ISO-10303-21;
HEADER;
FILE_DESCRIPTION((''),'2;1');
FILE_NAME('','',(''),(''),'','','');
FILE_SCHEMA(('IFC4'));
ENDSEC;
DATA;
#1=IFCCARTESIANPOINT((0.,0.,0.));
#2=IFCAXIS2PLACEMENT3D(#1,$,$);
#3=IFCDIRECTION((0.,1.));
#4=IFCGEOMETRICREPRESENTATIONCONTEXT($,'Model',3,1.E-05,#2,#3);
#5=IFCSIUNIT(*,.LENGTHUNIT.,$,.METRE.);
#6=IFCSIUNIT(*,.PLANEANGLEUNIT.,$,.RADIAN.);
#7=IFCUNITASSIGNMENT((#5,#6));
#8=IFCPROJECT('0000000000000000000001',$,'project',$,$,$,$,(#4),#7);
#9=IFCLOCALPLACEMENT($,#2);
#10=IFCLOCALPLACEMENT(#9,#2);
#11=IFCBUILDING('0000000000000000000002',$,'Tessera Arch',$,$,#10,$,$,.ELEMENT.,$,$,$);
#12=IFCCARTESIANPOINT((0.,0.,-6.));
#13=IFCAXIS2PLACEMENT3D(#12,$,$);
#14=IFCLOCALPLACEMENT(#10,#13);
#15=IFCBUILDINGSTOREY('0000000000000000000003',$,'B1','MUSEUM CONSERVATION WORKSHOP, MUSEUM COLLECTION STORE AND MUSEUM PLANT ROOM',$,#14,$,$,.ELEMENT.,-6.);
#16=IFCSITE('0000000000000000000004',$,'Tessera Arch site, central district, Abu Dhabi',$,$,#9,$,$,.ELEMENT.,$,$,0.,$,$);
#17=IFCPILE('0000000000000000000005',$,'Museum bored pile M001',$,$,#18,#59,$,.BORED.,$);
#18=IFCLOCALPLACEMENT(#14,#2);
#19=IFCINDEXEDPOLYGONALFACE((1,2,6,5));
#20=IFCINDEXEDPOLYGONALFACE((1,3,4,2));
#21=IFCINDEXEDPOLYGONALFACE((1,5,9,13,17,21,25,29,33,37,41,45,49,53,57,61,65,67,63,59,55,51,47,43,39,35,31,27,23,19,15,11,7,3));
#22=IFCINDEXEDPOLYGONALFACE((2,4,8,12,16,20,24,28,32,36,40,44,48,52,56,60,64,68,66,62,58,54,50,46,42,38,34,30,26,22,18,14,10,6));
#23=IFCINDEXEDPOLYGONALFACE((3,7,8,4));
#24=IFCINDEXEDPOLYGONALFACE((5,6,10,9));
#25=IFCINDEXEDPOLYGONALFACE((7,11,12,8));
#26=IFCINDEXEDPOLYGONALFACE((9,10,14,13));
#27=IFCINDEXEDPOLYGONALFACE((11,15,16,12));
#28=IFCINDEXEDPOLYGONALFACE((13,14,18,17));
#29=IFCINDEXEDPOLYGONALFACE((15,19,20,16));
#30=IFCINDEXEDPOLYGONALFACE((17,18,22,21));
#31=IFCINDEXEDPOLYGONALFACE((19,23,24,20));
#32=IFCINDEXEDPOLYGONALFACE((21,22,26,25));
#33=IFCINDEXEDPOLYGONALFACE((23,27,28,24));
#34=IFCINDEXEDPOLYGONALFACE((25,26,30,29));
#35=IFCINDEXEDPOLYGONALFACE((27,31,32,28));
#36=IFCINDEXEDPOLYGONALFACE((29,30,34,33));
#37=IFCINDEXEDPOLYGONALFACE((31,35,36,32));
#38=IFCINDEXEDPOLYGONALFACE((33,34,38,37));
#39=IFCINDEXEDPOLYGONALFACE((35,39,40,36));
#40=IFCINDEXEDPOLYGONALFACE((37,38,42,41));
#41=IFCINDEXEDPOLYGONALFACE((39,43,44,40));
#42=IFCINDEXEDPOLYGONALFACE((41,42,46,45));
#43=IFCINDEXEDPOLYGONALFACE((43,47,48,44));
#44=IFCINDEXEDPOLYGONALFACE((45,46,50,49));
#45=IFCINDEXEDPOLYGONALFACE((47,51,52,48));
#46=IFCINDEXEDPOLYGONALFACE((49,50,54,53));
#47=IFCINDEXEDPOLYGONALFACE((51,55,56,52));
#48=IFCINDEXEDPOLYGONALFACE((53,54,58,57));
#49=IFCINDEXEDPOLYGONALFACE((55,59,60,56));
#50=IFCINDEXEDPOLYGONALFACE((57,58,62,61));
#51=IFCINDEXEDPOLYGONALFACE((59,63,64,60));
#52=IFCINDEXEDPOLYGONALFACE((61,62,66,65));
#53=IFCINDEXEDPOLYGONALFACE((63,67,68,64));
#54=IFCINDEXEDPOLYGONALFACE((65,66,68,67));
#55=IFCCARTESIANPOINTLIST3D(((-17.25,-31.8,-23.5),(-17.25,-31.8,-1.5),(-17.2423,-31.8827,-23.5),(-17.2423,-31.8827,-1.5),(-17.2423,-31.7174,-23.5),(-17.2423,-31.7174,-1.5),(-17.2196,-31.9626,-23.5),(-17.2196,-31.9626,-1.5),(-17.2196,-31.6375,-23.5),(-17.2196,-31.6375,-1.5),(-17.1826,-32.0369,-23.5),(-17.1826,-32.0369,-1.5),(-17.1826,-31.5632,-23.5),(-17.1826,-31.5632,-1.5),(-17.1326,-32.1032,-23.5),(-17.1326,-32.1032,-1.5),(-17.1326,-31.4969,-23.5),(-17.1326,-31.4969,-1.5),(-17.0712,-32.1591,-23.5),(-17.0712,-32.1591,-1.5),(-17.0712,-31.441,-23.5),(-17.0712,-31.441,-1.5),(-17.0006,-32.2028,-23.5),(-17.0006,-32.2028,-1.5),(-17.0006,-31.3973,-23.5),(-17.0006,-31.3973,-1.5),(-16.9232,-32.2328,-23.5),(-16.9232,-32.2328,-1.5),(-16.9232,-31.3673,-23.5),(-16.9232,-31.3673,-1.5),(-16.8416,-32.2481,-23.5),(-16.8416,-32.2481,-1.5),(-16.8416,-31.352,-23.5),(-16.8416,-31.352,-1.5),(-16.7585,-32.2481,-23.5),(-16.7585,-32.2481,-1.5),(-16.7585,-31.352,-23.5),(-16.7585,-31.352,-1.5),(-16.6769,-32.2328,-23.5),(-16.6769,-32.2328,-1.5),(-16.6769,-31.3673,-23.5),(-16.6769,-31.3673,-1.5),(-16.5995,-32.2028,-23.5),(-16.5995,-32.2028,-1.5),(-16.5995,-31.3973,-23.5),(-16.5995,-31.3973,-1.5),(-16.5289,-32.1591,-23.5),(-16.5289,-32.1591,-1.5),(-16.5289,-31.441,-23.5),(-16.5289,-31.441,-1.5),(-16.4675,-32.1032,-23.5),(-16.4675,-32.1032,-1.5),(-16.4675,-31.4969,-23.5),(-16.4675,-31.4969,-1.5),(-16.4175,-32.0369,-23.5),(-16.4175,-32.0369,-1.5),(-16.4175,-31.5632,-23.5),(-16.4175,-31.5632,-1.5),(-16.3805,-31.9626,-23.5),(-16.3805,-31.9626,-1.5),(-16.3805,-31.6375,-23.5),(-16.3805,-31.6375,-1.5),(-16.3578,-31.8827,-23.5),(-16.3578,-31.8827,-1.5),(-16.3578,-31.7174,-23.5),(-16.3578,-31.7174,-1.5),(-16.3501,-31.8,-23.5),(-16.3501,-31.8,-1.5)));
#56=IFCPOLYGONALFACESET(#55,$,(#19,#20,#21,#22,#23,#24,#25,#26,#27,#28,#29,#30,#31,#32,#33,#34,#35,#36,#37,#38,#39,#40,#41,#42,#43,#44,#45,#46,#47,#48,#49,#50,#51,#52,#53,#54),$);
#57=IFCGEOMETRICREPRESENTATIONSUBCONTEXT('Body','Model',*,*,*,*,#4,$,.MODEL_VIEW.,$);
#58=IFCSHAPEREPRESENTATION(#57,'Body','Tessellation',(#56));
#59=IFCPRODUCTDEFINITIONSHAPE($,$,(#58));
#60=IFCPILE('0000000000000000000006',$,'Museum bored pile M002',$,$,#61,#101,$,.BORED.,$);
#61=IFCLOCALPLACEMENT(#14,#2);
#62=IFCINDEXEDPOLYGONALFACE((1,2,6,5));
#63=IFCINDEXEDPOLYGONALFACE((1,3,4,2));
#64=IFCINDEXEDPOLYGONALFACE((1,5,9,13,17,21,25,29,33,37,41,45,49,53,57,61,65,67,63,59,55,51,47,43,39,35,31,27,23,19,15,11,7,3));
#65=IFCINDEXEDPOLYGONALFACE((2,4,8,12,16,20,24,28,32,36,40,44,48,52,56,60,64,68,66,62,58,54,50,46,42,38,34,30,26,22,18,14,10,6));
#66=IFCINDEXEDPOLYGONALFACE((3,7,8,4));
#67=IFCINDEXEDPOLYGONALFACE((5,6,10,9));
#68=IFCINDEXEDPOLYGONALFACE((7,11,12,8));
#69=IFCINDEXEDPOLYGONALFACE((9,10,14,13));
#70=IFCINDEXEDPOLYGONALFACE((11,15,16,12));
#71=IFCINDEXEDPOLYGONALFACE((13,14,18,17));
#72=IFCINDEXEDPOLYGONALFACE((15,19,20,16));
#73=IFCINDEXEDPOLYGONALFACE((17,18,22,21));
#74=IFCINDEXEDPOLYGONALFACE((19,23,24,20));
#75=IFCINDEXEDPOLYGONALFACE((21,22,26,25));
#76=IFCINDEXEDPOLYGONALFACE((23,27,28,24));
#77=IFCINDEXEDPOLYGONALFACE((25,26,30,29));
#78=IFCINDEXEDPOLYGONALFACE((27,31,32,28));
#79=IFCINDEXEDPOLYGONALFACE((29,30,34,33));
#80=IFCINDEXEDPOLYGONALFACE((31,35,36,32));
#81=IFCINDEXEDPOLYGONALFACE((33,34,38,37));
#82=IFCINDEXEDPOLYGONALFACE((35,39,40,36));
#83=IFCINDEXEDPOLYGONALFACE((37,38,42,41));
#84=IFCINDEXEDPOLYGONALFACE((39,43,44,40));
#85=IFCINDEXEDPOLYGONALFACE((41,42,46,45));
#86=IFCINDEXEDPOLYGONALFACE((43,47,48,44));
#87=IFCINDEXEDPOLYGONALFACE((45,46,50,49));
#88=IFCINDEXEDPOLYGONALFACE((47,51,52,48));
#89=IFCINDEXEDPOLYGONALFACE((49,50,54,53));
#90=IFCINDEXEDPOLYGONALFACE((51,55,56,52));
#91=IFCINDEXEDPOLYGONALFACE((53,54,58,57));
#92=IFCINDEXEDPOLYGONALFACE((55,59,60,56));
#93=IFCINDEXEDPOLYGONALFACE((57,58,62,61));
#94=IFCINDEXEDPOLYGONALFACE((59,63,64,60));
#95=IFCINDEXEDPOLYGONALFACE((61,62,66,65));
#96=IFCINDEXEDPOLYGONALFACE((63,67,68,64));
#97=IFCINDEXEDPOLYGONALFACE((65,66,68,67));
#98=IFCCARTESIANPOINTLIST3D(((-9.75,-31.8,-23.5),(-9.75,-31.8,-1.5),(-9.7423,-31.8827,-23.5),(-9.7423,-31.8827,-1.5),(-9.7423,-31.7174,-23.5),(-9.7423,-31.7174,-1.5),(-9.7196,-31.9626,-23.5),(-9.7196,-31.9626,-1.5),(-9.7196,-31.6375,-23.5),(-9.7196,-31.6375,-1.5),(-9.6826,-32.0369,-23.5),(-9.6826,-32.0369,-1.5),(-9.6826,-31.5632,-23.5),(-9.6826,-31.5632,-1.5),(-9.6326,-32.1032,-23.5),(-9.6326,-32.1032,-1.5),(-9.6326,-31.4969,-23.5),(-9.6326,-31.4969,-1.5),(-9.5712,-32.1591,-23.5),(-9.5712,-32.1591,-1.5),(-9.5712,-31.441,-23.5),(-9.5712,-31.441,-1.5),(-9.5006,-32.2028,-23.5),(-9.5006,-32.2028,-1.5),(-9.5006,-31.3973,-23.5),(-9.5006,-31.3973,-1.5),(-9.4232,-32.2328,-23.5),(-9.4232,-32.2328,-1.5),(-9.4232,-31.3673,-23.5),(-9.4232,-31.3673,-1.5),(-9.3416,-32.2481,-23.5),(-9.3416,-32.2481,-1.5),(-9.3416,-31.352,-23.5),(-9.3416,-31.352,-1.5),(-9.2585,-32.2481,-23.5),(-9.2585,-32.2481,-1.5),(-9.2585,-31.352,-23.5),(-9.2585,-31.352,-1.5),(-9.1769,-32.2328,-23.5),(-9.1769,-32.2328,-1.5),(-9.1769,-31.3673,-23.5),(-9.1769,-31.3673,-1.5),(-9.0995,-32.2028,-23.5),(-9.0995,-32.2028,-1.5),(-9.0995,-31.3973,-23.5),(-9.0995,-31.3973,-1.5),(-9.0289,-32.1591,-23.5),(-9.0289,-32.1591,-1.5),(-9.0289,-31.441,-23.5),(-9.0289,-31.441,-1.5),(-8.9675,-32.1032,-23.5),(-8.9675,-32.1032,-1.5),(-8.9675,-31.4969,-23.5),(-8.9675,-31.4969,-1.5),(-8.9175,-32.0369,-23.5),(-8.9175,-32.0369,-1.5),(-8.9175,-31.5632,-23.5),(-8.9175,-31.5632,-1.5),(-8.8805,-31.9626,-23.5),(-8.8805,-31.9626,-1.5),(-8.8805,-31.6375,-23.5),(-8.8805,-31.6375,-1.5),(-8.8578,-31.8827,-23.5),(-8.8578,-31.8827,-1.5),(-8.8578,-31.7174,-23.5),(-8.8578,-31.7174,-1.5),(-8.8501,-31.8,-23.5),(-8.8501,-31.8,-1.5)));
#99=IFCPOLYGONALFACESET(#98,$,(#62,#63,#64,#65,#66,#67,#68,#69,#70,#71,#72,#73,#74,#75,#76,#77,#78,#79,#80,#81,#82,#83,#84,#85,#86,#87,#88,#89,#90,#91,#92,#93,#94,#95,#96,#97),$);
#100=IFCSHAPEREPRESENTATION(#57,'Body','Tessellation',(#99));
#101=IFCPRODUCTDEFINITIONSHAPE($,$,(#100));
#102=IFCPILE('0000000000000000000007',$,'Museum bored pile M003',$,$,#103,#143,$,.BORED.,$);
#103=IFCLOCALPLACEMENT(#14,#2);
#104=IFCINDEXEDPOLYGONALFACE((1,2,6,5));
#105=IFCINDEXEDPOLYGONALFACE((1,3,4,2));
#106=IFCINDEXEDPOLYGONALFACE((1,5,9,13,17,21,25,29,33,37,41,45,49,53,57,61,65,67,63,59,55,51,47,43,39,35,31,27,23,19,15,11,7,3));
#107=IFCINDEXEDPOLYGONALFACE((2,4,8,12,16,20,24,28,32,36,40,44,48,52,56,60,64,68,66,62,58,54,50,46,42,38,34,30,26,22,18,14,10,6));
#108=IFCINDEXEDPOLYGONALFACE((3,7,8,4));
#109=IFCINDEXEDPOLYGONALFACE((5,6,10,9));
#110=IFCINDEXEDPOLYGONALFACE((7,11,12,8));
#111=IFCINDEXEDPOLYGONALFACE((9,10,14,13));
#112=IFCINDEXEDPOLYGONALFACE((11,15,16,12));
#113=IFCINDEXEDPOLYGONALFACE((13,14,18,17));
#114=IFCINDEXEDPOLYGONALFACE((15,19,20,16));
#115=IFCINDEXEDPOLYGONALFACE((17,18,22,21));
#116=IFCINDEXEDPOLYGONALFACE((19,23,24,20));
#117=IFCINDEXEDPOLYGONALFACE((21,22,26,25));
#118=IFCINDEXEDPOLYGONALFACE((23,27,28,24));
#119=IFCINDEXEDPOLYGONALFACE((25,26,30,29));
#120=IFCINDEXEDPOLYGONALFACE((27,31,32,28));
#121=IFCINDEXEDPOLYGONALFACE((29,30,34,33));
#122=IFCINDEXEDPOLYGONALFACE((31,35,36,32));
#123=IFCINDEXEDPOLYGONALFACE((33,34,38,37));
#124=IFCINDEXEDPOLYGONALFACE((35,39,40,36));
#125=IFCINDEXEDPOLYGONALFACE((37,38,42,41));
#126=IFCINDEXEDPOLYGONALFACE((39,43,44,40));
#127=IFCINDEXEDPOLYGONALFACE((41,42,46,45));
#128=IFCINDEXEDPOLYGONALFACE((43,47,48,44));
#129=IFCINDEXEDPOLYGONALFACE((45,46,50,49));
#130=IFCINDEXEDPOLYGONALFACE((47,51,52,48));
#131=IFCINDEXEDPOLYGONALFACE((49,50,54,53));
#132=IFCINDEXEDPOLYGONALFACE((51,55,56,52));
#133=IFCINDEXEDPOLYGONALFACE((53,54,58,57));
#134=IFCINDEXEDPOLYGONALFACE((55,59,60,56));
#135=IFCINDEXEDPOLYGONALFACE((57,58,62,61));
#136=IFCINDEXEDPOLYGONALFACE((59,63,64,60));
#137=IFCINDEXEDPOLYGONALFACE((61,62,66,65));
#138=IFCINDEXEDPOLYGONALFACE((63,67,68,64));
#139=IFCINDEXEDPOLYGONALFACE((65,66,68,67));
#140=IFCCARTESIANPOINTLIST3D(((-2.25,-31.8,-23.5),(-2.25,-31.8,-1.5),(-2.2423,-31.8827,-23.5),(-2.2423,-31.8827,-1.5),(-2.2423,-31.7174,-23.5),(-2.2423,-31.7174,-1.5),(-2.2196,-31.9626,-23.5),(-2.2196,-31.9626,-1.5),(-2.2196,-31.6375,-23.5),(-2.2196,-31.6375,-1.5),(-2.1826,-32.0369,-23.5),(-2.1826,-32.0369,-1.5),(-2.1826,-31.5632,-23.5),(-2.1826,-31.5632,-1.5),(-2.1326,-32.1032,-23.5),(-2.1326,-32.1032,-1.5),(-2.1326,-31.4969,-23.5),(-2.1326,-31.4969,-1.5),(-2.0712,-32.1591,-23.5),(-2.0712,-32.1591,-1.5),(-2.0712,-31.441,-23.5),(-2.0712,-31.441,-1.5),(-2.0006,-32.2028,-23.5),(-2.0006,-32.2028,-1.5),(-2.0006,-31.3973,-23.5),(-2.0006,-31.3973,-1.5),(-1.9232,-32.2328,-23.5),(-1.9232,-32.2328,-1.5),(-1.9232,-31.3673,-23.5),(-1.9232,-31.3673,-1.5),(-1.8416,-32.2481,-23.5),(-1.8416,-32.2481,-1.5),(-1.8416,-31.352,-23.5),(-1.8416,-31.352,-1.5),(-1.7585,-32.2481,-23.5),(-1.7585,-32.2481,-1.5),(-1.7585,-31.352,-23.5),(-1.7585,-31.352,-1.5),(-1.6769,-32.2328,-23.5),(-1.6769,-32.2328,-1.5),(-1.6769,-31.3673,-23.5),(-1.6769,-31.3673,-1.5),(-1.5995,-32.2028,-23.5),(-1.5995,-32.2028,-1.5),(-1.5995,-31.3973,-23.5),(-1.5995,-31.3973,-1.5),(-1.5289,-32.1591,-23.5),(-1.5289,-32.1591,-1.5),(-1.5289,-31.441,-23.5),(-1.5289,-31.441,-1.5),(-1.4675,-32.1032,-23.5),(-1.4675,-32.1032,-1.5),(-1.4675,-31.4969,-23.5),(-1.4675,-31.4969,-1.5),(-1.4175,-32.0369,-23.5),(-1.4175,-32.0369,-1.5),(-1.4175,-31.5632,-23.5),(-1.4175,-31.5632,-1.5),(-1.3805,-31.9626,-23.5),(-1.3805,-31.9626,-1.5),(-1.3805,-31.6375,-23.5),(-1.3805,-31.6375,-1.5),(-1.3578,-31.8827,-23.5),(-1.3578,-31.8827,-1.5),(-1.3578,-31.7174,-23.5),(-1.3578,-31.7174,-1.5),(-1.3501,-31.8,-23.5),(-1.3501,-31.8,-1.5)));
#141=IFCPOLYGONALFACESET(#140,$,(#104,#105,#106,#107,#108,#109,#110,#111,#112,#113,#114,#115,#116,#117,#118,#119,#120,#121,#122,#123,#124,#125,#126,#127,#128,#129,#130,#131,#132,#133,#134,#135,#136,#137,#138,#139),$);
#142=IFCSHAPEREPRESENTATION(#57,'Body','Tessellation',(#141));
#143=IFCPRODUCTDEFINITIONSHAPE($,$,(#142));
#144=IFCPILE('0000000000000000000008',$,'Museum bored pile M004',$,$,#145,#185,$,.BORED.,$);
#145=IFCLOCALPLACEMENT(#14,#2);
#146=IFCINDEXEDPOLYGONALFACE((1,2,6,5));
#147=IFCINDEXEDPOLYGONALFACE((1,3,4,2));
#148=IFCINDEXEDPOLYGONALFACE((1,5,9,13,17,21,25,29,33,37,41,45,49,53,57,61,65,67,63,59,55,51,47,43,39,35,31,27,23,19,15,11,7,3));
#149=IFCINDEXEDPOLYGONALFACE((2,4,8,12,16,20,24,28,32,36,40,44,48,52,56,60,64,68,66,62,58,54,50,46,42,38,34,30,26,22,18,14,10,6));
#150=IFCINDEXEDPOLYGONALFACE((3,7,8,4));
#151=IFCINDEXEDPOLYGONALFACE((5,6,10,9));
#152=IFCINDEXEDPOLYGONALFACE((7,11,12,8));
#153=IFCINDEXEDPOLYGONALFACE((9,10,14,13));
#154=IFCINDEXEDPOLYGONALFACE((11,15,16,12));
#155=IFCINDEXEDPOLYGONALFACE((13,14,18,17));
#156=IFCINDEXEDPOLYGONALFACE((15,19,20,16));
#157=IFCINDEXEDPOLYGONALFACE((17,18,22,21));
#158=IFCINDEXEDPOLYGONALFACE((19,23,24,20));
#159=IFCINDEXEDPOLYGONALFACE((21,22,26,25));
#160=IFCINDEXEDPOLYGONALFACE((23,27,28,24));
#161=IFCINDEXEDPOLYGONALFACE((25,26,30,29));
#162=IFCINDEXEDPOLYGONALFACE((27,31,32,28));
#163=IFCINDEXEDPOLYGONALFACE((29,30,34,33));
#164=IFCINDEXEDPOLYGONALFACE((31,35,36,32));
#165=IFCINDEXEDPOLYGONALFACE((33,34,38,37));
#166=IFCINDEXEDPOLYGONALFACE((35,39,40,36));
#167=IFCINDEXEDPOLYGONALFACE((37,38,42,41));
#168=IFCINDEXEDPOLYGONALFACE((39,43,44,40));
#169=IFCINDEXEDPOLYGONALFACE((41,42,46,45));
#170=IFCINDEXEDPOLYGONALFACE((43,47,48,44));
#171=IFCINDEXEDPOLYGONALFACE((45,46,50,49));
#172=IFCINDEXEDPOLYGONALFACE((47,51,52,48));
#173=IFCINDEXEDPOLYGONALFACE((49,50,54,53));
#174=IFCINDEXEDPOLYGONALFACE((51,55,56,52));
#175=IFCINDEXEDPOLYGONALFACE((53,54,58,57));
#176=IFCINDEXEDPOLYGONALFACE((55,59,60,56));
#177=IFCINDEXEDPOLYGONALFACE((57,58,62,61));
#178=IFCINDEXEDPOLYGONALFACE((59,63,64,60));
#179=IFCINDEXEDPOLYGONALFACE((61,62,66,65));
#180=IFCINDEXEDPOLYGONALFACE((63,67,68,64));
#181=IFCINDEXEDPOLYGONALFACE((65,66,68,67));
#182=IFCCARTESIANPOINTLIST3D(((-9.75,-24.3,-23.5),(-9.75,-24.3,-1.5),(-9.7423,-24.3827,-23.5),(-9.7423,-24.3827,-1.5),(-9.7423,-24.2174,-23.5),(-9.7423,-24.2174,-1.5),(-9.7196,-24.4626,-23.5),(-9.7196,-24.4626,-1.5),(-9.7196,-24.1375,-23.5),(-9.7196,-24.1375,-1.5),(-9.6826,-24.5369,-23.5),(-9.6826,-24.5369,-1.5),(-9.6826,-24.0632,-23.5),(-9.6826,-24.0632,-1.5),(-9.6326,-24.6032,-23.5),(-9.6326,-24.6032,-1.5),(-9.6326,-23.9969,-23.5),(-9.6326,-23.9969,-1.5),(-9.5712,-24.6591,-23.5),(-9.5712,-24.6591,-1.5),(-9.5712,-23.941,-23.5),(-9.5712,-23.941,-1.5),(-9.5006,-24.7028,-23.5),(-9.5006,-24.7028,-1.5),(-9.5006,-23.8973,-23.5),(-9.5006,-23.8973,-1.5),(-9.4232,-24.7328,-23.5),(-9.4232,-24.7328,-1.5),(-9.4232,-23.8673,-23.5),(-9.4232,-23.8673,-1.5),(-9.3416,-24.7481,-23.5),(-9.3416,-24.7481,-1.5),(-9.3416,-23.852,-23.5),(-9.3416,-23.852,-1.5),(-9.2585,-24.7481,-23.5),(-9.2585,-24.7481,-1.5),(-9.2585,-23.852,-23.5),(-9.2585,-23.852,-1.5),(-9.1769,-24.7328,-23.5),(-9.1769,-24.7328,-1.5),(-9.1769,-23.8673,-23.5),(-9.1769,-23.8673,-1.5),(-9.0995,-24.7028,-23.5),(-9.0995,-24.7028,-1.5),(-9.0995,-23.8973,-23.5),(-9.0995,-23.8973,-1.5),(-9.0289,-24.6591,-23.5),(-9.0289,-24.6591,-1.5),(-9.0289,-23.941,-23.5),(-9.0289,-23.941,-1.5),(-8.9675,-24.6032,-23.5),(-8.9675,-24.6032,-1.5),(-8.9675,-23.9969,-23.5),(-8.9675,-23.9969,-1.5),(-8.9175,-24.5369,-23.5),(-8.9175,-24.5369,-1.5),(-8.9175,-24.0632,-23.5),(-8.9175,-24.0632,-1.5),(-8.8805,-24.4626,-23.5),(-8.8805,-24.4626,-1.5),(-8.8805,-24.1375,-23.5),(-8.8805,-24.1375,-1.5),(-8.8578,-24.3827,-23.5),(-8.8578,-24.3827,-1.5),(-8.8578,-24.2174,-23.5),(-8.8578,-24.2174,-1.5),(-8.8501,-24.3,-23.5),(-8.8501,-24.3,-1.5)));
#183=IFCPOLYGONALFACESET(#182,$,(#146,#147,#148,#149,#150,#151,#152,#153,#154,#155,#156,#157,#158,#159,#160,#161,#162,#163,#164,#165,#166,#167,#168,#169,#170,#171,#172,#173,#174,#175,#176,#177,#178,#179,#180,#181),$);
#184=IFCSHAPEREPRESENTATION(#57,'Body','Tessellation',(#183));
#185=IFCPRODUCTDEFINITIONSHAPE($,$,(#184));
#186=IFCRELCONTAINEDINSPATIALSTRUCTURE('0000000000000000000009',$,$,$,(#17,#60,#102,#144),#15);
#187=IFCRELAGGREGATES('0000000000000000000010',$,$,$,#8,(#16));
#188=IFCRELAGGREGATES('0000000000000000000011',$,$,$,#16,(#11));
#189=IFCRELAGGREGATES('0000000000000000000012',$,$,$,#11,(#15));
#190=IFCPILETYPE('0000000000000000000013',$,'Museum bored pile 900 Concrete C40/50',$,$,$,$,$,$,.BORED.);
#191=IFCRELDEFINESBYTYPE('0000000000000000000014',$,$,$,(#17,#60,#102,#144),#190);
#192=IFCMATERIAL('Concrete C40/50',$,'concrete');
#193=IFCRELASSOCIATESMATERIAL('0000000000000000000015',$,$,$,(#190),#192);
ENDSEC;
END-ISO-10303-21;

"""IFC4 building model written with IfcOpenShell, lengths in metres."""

from ifc_helpers import new_model, si_unit, direction, frame, origin, origin_2d, place, context, subcontext, project, spatial, circle, extrude, material, type_object, element, save


model = new_model("IFC4")

# Units and contexts
model_context = context("Model", 3, precision=1e-05, world=origin(), true_north=direction((0.0, 1.0)))
body_context = subcontext(model_context, "Body", "Model", "MODEL_VIEW")
ifc_project = project(units=[si_unit("LENGTHUNIT", "METRE"), si_unit("PLANEANGLEUNIT", "RADIAN")], contexts=[model_context])

# Site, building, storey
site_placement = place(None, origin())
site = spatial("IfcSite", under=ifc_project, at=site_placement, Name="Tessera Arch site, central district, Abu Dhabi", CompositionType="ELEMENT", RefElevation=0.0)
building_placement = place(site_placement, origin())
building = spatial("IfcBuilding", under=site, at=building_placement, Name="Tessera Arch", CompositionType="ELEMENT")
storey_placement = place(building_placement, frame((0.0, 0.0, -6.0)))
storey = spatial("IfcBuildingStorey", under=building, at=storey_placement, Name="B1", Description="MUSEUM CONSERVATION WORKSHOP, MUSEUM COLLECTION STORE AND MUSEUM PLANT ROOM", CompositionType="ELEMENT", Elevation=-6.0)

# Piles
ifc_material_1 = material(Name="Concrete C40/50", Category="concrete")
pile_type = type_object("IfcPileType", Name="Museum bored pile 900 Concrete C40/50", PredefinedType="BORED", material=ifc_material_1)
for number, where, z_axis, x_axis, name in (
    (1, (-16.8, -31.8, -1.5), (0.0, 0.0, -1.0), (1.0, 0.0, 0.0), "Museum bored pile M001"),
    (2, (-9.3, -31.8, -1.5), (0.0, 0.0, -1.0), (1.0, 0.0, 0.0), "Museum bored pile M002"),
    (3, (-1.8, -31.8, -1.5), (0.0, 0.0, -1.0), (1.0, 0.0, 0.0), "Museum bored pile M003"),
    (4, (-9.3, -24.3, -1.5), (0.0, 0.0, -1.0), (1.0, 0.0, 0.0), "Museum bored pile M004"),
):
    element("IfcPile", number, at=place(storey_placement, frame(where, z_axis=z_axis, x_axis=x_axis)), inside=storey, type_object=pile_type, Name=name, PredefinedType="BORED", context=body_context, shape_type="SweptSolid", body=[
        extrude(circle(Radius=0.45, at=origin_2d()), origin(), (0.0, 0.0, 1.0), 22.0),
    ])

save(model, "model.ifc")
